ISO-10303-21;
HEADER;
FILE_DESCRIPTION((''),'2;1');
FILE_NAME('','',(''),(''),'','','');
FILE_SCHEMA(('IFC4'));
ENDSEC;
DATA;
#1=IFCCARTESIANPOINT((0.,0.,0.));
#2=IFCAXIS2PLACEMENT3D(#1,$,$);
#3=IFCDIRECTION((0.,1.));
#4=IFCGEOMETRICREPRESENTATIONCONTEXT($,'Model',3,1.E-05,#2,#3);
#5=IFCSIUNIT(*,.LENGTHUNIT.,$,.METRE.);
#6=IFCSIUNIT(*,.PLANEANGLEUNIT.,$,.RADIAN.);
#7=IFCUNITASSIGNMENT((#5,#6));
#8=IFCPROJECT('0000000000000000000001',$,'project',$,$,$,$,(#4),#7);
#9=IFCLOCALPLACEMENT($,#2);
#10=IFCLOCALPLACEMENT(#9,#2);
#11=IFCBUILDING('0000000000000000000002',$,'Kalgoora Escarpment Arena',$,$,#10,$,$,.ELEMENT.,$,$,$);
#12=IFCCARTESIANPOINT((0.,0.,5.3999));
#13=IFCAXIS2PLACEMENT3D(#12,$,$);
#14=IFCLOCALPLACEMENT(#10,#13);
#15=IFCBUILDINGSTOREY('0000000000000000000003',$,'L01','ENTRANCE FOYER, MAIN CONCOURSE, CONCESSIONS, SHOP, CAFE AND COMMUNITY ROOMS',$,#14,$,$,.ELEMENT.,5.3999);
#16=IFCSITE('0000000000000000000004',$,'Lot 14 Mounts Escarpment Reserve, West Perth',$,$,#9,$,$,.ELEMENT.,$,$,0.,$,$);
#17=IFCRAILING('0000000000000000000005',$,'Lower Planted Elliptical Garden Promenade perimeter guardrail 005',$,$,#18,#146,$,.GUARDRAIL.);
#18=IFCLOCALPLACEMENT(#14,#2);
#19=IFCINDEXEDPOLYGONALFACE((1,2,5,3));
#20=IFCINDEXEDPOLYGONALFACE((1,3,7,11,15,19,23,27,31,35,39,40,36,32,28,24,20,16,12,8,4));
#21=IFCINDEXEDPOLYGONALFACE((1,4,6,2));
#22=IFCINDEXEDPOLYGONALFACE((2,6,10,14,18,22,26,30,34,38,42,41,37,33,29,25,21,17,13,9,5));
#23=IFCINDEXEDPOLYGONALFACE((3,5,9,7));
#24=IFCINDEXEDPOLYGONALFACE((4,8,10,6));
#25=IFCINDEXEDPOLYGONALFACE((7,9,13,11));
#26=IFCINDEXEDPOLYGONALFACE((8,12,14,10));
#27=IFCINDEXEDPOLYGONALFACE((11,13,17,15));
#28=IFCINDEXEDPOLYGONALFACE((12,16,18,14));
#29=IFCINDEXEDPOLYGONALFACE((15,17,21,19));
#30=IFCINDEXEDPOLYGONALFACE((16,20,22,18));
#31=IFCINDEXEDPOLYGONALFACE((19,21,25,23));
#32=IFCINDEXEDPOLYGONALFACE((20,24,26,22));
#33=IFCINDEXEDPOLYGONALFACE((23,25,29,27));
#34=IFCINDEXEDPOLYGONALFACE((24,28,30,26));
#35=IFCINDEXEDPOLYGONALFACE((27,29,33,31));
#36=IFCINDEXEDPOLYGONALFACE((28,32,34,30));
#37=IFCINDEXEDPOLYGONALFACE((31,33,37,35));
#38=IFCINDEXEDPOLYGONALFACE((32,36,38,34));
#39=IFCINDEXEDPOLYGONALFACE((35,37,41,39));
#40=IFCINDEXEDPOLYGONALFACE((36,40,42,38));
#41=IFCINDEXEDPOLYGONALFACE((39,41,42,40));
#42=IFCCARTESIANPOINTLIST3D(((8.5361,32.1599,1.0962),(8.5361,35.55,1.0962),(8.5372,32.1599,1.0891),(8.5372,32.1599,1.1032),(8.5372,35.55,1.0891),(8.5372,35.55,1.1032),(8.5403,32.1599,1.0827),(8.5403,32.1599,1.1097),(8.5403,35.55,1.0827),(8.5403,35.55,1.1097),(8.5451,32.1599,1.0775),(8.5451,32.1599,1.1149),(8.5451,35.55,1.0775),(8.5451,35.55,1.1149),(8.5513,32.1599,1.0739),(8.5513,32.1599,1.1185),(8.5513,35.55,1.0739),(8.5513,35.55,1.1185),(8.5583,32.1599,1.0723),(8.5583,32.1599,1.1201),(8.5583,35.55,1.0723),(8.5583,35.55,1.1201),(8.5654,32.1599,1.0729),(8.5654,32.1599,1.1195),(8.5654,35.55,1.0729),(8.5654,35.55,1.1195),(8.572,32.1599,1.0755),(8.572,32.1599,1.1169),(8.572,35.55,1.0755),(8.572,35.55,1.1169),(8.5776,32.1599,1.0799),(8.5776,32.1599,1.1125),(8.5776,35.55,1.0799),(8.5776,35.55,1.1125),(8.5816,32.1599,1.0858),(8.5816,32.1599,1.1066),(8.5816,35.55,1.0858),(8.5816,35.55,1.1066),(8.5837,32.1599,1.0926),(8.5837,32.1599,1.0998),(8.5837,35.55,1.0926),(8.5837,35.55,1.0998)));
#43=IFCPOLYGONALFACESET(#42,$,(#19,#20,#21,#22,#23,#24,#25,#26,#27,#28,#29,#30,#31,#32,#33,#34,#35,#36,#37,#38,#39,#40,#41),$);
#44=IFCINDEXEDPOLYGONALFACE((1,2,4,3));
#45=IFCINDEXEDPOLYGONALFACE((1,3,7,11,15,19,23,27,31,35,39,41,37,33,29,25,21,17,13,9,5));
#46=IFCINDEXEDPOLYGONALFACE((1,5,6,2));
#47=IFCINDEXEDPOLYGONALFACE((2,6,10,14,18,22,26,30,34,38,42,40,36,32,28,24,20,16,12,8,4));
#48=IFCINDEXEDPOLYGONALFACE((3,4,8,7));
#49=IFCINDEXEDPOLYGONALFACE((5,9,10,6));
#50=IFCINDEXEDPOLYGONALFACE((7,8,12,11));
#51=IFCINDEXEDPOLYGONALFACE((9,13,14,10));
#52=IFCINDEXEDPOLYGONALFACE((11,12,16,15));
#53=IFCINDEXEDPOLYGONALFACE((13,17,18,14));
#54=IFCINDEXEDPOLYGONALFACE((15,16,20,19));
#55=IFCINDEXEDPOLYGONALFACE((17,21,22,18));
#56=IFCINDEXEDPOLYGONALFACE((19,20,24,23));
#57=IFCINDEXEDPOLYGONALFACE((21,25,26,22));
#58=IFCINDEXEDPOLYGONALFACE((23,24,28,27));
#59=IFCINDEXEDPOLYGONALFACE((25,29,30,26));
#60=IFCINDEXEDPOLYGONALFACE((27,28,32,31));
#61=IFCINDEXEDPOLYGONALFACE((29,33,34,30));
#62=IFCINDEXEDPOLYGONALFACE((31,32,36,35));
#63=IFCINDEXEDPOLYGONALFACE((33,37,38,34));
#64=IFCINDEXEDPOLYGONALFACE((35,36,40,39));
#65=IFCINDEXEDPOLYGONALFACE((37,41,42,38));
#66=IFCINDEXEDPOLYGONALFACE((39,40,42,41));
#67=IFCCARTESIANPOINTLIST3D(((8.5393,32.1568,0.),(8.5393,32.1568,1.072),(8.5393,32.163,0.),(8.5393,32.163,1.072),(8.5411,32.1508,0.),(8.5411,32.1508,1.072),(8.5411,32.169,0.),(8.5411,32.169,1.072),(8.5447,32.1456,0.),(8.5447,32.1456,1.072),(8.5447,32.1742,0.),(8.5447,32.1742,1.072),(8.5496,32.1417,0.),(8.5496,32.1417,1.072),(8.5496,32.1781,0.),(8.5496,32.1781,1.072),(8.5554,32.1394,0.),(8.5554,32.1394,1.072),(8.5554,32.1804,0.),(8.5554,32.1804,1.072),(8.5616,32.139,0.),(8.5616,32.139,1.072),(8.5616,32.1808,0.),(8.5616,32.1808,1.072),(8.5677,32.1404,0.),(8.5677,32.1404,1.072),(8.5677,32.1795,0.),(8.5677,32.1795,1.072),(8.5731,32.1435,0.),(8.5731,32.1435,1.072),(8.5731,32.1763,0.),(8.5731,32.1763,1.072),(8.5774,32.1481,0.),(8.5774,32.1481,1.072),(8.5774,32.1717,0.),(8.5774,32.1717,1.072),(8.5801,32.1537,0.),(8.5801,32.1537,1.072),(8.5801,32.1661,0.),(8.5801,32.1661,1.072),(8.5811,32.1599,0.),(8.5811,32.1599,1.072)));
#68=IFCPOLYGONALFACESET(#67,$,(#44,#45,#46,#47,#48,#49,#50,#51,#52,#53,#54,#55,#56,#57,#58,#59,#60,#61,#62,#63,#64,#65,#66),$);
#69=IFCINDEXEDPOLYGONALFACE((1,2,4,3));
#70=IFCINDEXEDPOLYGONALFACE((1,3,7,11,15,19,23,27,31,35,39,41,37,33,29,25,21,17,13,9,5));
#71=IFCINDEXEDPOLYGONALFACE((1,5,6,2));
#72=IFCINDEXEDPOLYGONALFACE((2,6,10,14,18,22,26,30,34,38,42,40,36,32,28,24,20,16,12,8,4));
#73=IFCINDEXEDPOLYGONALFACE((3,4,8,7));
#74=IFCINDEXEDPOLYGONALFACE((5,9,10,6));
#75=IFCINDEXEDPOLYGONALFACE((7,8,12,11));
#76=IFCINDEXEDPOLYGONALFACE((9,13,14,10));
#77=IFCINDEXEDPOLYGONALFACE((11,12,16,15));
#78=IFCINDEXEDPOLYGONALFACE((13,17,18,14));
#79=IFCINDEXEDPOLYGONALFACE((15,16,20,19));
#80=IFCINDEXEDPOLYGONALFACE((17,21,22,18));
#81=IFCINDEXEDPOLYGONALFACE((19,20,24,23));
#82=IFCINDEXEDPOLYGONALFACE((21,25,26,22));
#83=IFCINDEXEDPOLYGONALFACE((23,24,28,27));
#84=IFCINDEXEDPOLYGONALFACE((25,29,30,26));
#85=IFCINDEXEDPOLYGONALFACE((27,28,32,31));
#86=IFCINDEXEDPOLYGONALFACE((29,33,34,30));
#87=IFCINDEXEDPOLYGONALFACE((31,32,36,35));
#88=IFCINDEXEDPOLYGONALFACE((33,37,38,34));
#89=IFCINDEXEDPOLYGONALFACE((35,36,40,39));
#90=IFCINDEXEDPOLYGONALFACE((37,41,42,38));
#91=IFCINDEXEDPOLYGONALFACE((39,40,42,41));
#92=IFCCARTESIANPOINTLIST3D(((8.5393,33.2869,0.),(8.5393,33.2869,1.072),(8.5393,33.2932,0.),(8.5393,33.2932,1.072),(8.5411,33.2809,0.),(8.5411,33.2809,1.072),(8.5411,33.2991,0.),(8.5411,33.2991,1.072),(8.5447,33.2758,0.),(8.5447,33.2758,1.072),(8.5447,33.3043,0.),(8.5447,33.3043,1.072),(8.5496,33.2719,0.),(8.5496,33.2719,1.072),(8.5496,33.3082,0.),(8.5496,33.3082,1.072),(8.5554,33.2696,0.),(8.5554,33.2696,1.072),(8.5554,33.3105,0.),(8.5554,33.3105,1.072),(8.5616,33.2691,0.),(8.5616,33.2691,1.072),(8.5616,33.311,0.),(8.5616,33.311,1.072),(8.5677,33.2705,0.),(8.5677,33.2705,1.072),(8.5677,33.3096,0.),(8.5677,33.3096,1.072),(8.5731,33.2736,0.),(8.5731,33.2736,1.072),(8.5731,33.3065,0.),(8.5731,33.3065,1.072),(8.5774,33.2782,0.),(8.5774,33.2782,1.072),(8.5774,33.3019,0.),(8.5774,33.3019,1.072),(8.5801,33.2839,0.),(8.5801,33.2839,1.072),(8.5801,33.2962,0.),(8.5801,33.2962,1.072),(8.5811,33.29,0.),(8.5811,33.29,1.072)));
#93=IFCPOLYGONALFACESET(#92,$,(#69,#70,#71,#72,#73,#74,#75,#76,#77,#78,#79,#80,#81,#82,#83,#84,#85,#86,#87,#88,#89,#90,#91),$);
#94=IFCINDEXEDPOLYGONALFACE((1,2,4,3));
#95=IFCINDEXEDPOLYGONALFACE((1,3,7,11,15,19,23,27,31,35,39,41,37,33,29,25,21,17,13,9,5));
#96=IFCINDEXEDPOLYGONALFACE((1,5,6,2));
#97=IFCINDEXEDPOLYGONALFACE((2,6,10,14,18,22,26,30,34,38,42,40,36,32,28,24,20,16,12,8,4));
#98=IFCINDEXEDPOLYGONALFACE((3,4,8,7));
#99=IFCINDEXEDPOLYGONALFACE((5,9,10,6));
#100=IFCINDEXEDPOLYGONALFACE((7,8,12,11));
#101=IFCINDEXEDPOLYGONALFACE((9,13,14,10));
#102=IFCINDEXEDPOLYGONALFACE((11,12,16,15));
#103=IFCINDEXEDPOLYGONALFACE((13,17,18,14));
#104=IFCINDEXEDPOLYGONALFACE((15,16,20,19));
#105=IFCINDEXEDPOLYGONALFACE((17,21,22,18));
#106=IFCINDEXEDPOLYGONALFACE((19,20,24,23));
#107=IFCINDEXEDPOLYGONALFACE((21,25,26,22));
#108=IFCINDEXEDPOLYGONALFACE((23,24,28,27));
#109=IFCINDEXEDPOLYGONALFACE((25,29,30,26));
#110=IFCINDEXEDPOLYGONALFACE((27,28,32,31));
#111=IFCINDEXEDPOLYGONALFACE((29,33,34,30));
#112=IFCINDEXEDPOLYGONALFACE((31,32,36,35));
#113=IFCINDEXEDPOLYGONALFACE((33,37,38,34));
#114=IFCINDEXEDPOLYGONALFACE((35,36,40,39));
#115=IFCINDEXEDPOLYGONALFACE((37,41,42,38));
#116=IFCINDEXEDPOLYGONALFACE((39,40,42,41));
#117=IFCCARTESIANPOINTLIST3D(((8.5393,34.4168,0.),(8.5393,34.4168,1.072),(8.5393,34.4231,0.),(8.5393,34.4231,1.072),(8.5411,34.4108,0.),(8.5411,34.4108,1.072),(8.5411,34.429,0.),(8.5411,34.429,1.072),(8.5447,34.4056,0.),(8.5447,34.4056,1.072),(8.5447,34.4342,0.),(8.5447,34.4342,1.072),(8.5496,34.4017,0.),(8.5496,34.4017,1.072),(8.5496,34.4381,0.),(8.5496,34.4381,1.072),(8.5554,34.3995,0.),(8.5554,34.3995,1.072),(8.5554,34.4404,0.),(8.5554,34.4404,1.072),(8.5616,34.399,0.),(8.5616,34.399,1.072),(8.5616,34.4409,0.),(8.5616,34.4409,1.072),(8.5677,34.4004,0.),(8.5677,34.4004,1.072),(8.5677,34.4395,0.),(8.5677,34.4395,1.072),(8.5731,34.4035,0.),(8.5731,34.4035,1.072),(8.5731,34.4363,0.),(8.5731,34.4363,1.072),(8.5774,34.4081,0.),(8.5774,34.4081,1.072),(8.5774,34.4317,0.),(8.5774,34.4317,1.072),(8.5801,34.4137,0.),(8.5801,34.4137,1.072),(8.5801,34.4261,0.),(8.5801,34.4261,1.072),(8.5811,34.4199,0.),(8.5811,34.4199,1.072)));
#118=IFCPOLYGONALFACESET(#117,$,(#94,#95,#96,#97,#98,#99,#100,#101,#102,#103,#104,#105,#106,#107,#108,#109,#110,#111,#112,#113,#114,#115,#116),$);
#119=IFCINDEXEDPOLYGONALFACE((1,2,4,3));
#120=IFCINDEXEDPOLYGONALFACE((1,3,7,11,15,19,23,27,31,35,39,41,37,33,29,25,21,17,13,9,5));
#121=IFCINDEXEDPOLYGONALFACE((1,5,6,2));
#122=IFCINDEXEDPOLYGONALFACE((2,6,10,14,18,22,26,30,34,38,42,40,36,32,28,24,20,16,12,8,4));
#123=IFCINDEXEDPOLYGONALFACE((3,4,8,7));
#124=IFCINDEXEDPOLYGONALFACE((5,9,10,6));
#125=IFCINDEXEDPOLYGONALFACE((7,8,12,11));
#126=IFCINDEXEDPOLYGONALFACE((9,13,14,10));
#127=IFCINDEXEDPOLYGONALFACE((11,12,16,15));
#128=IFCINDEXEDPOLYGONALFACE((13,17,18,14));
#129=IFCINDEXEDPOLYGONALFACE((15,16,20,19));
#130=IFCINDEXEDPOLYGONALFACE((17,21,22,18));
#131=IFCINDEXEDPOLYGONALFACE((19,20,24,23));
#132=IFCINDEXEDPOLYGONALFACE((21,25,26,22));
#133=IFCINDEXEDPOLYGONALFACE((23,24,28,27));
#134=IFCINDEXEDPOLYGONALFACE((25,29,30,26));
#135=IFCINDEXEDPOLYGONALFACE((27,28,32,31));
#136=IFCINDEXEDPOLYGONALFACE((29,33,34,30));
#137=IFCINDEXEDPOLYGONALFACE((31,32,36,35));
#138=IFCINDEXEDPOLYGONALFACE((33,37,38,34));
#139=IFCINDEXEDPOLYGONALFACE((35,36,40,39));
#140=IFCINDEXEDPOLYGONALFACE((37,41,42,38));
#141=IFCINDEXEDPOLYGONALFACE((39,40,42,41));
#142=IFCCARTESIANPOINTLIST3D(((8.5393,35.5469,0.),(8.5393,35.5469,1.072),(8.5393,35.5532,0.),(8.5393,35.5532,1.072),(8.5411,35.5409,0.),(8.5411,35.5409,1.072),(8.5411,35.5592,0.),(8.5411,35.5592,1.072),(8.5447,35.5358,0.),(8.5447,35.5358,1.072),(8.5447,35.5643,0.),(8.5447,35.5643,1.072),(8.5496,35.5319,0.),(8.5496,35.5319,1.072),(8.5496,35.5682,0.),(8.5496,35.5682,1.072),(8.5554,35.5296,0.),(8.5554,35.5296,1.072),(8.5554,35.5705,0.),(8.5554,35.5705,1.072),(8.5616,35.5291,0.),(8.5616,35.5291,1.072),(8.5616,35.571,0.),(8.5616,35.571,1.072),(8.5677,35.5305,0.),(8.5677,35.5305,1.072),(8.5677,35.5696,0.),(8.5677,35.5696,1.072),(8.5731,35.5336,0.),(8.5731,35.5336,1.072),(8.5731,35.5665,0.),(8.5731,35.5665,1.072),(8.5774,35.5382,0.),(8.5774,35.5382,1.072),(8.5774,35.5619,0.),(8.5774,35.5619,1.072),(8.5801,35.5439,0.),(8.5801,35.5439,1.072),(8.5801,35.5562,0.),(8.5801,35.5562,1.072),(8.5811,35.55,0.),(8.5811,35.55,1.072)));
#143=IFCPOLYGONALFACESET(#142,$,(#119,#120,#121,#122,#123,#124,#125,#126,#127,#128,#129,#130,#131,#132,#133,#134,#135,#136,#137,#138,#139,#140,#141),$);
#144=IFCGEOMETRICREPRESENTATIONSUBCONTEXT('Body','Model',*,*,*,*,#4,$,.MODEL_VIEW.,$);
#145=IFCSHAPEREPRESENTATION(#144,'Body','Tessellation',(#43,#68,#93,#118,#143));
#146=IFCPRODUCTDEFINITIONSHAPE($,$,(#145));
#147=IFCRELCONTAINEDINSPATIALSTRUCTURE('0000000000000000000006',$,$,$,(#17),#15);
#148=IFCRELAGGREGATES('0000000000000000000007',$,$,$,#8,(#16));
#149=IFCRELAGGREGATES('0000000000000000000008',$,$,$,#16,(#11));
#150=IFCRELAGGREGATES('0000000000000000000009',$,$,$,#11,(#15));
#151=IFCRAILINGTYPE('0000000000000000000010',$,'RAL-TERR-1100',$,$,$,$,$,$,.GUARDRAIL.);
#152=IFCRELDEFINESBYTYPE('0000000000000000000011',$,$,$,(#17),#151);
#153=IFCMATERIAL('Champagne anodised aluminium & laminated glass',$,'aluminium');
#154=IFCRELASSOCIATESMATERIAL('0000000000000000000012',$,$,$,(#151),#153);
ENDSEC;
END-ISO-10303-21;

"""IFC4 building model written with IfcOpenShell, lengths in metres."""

from ifc_helpers import new_model, si_unit, direction, frame, origin, origin_2d, place, context, subcontext, project, spatial, circle, extrude, material, type_object, element, save


model = new_model("IFC4")

# Units and contexts
model_context = context("Model", 3, precision=1e-05, world=origin(), true_north=direction((0.0, 1.0)))
body_context = subcontext(model_context, "Body", "Model", "MODEL_VIEW")
ifc_project = project(units=[si_unit("LENGTHUNIT", "METRE"), si_unit("PLANEANGLEUNIT", "RADIAN")], contexts=[model_context])

# Site, building, storey
site_placement = place(None, origin())
site = spatial("IfcSite", under=ifc_project, at=site_placement, Name="Lot 14 Mounts Escarpment Reserve, West Perth", CompositionType="ELEMENT", RefElevation=0.0)
building_placement = place(site_placement, origin())
building = spatial("IfcBuilding", under=site, at=building_placement, Name="Kalgoora Escarpment Arena", CompositionType="ELEMENT")
storey_placement = place(building_placement, frame((0.0, 0.0, 5.3999)))
storey = spatial("IfcBuildingStorey", under=building, at=storey_placement, Name="L01", Description="ENTRANCE FOYER, MAIN CONCOURSE, CONCESSIONS, SHOP, CAFE AND COMMUNITY ROOMS", CompositionType="ELEMENT", Elevation=5.3999)

# Railing
ifc_material_1 = material(Name="Champagne anodised aluminium & laminated glass", Category="aluminium")
railing_type = type_object("IfcRailingType", Name="RAL-TERR-1100", PredefinedType="GUARDRAIL", material=ifc_material_1)
railing_1_placement = place(storey_placement, frame((8.5601, 32.1599, 0.0)))
element("IfcRailing", 1, at=railing_1_placement, inside=storey, type_object=railing_type, Name="Lower Planted Elliptical Garden Promenade perimeter guardrail 005", PredefinedType="GUARDRAIL", context=body_context, shape_type="SweptSolid", body=[
    extrude(circle(Radius=0.0239, at=origin_2d()), frame((0.0, 0.0, 1.0962), z_axis=(0.0, 1.0, 0.0), x_axis=(-1.0, 0.0, 0.0)), (0.0, 0.0, 1.0), 3.3901),
    extrude(circle(Radius=0.021, at=origin_2d()), origin(), (0.0, 0.0, 1.0), 1.072),
    extrude(circle(Radius=0.021, at=origin_2d()), frame((0.0, 1.1301, 0.0)), (0.0, 0.0, 1.0), 1.072),
    extrude(circle(Radius=0.021, at=origin_2d()), frame((0.0, 2.26, 0.0)), (0.0, 0.0, 1.0), 1.072),
    extrude(circle(Radius=0.021, at=origin_2d()), frame((0.0, 3.3901, 0.0)), (0.0, 0.0, 1.0), 1.072),
])

save(model, "model.ifc")
